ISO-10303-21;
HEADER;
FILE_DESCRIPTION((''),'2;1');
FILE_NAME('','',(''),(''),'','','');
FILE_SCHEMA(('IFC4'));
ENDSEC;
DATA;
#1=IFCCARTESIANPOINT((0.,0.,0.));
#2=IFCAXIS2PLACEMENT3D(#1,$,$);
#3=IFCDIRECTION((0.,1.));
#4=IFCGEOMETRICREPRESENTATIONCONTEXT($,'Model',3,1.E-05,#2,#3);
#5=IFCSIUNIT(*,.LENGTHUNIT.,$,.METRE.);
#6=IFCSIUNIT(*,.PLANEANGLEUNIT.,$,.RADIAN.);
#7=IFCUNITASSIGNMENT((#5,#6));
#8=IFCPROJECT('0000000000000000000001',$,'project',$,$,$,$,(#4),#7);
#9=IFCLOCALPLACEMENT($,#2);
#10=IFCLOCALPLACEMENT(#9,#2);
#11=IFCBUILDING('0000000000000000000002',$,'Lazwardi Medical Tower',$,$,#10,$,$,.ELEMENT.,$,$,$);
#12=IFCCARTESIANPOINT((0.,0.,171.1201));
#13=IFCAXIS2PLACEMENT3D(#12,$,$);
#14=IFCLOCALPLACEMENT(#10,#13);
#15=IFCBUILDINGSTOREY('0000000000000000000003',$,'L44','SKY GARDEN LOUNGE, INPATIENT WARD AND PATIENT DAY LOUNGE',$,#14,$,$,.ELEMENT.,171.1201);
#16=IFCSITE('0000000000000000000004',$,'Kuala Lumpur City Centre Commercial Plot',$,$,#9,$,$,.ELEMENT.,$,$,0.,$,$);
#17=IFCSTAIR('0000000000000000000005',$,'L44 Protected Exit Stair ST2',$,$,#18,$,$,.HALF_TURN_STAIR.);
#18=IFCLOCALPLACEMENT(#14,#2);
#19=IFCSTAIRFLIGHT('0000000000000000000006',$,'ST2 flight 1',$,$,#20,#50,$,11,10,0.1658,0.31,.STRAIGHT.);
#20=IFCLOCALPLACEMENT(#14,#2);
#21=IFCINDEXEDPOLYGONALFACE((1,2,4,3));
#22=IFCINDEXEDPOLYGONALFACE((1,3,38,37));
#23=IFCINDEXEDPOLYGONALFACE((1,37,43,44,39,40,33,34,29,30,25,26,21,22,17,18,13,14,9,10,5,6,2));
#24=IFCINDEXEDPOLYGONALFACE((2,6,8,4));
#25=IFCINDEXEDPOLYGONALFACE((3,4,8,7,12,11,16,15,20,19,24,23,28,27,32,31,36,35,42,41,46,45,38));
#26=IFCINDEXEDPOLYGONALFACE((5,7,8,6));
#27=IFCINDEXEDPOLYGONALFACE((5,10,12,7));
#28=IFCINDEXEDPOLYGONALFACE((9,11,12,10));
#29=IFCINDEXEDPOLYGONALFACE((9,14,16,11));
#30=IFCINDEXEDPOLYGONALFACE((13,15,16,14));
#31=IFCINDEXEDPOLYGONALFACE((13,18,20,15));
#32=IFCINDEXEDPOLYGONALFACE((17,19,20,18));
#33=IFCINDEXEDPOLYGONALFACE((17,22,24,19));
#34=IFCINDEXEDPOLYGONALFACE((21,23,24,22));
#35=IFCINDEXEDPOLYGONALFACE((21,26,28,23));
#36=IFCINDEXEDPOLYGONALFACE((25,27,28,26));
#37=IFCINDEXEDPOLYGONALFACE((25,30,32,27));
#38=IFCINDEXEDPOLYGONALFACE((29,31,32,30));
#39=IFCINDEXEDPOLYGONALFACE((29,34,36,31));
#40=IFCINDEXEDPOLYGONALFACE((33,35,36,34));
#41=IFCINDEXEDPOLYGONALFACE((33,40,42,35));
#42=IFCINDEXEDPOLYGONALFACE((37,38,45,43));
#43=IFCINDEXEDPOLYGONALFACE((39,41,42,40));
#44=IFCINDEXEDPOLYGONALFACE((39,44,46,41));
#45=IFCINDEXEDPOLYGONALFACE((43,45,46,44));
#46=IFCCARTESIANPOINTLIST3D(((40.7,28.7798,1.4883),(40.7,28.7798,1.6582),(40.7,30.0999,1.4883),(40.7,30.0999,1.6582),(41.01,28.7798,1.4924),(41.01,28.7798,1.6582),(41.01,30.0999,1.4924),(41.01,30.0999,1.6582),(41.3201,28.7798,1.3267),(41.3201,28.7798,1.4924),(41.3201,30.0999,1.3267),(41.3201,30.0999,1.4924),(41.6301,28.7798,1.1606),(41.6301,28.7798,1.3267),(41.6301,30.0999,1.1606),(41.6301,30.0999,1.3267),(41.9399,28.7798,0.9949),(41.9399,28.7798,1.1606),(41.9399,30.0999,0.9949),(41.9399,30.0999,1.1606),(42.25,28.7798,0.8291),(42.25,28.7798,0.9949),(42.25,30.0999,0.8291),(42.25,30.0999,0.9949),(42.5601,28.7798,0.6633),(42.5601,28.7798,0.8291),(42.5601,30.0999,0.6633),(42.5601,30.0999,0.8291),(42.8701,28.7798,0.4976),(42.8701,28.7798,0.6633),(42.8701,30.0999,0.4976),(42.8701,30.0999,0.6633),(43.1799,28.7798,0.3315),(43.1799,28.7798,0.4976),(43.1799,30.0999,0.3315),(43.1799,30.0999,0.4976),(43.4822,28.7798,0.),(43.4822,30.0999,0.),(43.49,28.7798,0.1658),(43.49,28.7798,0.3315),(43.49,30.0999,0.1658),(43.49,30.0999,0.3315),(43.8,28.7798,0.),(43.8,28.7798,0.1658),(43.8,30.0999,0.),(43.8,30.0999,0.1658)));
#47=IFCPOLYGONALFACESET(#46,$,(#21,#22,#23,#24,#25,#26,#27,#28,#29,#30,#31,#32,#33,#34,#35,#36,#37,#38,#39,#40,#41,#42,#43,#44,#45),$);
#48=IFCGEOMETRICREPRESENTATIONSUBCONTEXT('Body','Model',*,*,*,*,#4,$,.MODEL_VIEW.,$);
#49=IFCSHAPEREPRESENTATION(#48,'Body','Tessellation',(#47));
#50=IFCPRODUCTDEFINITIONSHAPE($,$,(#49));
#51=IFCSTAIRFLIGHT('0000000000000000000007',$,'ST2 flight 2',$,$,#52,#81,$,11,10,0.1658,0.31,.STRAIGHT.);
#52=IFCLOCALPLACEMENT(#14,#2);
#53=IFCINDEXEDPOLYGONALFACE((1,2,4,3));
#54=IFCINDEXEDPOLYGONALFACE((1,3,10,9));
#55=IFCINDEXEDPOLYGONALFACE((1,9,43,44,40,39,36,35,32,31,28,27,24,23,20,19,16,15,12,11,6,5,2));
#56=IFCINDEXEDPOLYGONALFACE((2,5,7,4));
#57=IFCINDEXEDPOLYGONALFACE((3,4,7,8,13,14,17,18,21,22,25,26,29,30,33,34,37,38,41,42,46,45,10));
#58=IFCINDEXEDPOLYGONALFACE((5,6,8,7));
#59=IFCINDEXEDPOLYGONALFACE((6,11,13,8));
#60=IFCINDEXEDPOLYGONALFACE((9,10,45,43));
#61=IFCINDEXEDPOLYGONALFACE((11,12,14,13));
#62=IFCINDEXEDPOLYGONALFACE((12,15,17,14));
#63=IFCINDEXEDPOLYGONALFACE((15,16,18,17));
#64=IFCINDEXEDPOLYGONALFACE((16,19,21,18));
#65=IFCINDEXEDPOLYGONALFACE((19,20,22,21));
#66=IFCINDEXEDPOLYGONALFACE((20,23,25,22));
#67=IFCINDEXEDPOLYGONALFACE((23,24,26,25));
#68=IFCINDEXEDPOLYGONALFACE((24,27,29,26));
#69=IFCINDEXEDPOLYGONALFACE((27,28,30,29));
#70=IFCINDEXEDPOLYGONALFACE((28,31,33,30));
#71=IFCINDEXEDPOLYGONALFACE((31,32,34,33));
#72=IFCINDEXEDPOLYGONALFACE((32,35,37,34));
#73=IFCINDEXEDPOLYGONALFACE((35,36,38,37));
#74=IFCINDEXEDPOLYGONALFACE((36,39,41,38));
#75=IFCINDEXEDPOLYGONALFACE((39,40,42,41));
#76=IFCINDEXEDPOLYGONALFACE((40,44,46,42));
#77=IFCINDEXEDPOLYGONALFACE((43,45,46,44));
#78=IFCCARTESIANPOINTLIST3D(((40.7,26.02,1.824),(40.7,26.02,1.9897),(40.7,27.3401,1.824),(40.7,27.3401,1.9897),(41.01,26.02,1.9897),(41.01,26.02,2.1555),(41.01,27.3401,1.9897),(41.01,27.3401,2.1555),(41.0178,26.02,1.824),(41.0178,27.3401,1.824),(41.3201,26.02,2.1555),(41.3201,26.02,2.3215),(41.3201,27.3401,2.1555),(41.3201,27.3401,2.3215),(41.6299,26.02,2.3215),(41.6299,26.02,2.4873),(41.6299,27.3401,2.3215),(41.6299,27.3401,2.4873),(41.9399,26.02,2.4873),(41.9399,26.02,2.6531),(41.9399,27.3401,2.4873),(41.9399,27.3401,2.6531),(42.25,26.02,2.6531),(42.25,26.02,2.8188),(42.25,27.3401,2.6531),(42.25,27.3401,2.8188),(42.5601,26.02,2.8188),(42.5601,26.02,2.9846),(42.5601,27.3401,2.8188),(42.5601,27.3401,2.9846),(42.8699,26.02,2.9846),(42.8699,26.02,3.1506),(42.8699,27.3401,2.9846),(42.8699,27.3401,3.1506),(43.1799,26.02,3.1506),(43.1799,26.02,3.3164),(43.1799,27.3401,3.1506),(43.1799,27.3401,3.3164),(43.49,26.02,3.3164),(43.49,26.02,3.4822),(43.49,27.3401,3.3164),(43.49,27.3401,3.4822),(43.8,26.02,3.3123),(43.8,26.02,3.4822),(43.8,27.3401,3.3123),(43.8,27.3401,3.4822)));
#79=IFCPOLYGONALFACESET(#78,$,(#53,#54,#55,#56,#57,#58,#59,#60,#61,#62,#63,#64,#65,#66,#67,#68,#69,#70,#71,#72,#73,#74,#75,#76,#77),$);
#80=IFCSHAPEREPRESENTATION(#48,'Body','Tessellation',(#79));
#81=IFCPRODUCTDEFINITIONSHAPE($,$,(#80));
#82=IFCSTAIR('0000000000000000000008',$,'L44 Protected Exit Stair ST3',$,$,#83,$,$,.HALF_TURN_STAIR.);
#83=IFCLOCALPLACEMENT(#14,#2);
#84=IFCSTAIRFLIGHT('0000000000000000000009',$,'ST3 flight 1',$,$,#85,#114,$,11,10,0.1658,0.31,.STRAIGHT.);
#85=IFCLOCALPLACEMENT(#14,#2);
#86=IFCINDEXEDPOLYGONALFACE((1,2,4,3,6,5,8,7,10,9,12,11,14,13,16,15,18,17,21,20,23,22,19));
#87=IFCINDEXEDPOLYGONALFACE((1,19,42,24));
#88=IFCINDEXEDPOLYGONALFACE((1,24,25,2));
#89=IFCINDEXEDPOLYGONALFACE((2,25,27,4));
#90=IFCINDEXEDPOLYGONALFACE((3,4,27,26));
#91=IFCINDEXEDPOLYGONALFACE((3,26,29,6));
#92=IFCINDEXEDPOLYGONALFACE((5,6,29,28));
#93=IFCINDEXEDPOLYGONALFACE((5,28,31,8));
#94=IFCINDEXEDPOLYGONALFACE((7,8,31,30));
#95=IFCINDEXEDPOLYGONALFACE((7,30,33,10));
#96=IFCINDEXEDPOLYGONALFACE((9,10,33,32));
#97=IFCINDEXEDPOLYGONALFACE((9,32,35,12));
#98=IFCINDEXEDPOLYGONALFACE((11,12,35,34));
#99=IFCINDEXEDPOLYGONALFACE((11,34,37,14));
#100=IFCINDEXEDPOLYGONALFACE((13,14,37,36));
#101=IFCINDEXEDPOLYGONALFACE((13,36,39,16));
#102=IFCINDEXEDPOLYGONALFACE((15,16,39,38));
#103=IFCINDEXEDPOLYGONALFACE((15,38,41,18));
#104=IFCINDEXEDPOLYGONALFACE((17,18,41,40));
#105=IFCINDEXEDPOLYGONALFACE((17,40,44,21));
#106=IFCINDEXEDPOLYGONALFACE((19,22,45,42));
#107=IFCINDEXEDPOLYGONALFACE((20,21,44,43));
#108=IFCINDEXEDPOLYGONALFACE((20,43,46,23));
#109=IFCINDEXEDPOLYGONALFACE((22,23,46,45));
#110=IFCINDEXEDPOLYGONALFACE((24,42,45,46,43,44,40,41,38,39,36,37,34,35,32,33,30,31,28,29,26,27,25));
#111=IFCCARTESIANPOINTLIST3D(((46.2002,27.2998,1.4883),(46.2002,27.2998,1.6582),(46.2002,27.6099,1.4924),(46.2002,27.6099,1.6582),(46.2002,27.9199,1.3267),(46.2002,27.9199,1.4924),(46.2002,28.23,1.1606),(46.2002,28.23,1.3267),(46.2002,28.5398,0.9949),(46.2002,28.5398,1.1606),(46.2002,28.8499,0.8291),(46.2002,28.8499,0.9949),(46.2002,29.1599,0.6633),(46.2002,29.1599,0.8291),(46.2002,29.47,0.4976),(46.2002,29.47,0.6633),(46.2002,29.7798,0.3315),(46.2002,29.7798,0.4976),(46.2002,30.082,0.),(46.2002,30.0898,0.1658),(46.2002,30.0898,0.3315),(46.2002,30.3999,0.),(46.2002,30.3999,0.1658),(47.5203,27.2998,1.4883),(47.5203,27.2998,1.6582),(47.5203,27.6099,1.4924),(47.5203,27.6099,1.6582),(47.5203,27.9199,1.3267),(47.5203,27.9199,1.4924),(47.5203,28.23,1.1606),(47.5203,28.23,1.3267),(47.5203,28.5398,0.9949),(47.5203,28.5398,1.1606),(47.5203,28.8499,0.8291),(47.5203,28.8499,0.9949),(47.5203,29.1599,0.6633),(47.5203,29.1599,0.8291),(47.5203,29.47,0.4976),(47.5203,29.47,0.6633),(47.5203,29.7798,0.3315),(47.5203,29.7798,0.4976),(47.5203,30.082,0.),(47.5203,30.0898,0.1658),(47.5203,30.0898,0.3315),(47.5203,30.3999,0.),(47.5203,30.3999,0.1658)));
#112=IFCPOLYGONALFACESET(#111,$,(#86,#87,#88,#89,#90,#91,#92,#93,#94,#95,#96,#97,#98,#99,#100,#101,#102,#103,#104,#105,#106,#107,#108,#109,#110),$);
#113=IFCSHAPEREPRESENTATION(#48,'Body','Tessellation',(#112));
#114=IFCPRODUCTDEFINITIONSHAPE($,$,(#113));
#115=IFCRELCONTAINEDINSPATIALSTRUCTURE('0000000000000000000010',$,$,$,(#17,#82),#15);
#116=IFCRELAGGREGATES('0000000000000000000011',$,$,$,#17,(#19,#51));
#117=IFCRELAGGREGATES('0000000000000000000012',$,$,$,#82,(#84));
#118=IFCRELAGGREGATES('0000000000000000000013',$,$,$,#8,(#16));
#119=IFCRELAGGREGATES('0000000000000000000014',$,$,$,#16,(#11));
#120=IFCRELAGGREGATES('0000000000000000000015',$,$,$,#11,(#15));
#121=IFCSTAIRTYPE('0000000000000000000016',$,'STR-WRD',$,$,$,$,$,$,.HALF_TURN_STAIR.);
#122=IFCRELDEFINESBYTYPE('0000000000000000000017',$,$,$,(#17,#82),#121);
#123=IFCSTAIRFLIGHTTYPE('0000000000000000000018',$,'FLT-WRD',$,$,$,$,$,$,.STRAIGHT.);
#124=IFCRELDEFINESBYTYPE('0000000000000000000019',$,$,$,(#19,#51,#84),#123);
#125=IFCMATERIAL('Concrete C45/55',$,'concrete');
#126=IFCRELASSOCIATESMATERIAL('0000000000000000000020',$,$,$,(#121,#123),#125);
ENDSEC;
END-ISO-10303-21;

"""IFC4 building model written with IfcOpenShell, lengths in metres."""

from ifc_helpers import new_model, si_unit, direction, frame, origin, place, context, subcontext, project, spatial, polyline, outline, extrude, material, type_object, element, aggregate, save


model = new_model("IFC4")

# Units and contexts
model_context = context("Model", 3, precision=1e-05, world=origin(), true_north=direction((0.0, 1.0)))
body_context = subcontext(model_context, "Body", "Model", "MODEL_VIEW")
ifc_project = project(units=[si_unit("LENGTHUNIT", "METRE"), si_unit("PLANEANGLEUNIT", "RADIAN")], contexts=[model_context])

# Site, building, storey
site_placement = place(None, origin())
site = spatial("IfcSite", under=ifc_project, at=site_placement, Name="Kuala Lumpur City Centre Commercial Plot", CompositionType="ELEMENT", RefElevation=0.0)
building_placement = place(site_placement, origin())
building = spatial("IfcBuilding", under=site, at=building_placement, Name="Lazwardi Medical Tower", CompositionType="ELEMENT")
storey_placement = place(building_placement, frame((0.0, 0.0, 171.1201)))
storey = spatial("IfcBuildingStorey", under=building, at=storey_placement, Name="L44", Description="SKY GARDEN LOUNGE, INPATIENT WARD AND PATIENT DAY LOUNGE", CompositionType="ELEMENT", Elevation=171.1201)

# Stair, stair flights
ifc_material_1 = material(Name="Concrete C45/55", Category="concrete")
stair_type = type_object("IfcStairType", Name="STR-WRD", PredefinedType="HALF_TURN_STAIR", material=ifc_material_1)
stair_1_placement = place(storey_placement, origin())
stair_1 = element("IfcStair", 1, at=stair_1_placement, inside=storey, type_object=stair_type, Name="L44 Protected Exit Stair ST2", PredefinedType="HALF_TURN_STAIR")
stair_flight_type = type_object("IfcStairFlightType", Name="FLT-WRD", PredefinedType="STRAIGHT", material=ifc_material_1)
stair_flight_1_placement = place(storey_placement, frame((43.8, 29.4399, 0.0), z_axis=(0.0, 0.0, 1.0), x_axis=(-1.0, 0.0, 0.0)))
stair_flight_1 = element("IfcStairFlight", 2, at=stair_flight_1_placement, type_object=stair_flight_type, Name="ST2 flight 1", NumberOfRisers=11, NumberOfTreads=10, PredefinedType="STRAIGHT", RiserHeight=0.1658, TreadLength=0.31, context=body_context, shape_type="SweptSolid", body=[
    extrude(outline(polyline([(0.0, 0.0), (0.0, 0.1658), (0.3101, 0.1658), (0.3101, 0.3315), (0.6201, 0.3315), (0.6201, 0.4976), (0.9299, 0.4976), (0.9299, 0.6633), (1.24, 0.6633), (1.24, 0.8291), (1.55, 0.8291), (1.55, 0.9949), (1.8601, 0.9949), (1.8601, 1.1606), (2.1699, 1.1606), (2.1699, 1.3267), (2.48, 1.3267), (2.48, 1.4924), (2.79, 1.4924), (2.79, 1.6582), (3.1001, 1.6582), (3.1001, 1.824), (3.1001, 1.4883), (0.3179, 0.0), (0.0, 0.0)])), frame((0.0, 0.6602, 0.0), z_axis=(0.0, -1.0, 0.0), x_axis=(1.0, 0.0, 0.0)), (0.0, 0.0, 1.0), 1.3201),
])
stair_flight_2_placement = place(storey_placement, frame((40.7, 26.6799, 1.824), z_axis=(0.0, 0.0, 1.0), x_axis=(1.0, 0.0, 0.0)))
stair_flight_2 = element("IfcStairFlight", 3, at=stair_flight_2_placement, type_object=stair_flight_type, Name="ST2 flight 2", NumberOfRisers=11, NumberOfTreads=10, PredefinedType="STRAIGHT", RiserHeight=0.1658, TreadLength=0.31, context=body_context, shape_type="SweptSolid", body=[
    extrude(outline(polyline([(0.0, 0.0), (0.0, 0.1658), (0.3101, 0.1658), (0.3101, 0.3315), (0.6201, 0.3315), (0.6201, 0.4976), (0.9299, 0.4976), (0.9299, 0.6633), (1.24, 0.6633), (1.24, 0.8291), (1.55, 0.8291), (1.55, 0.9949), (1.8601, 0.9949), (1.8601, 1.1606), (2.1699, 1.1606), (2.1699, 1.3267), (2.48, 1.3267), (2.48, 1.4924), (2.79, 1.4924), (2.79, 1.6582), (3.1001, 1.6582), (3.1001, 1.824), (3.1001, 1.4883), (0.3179, 0.0), (0.0, 0.0)])), frame((0.0, 0.6602, 0.0), z_axis=(0.0, -1.0, 0.0), x_axis=(1.0, 0.0, 0.0)), (0.0, 0.0, 1.0), 1.3201),
])
aggregate(stair_1, [stair_flight_1, stair_flight_2])

# Stair, stair flight
stair_2_placement = place(storey_placement, origin())
stair_2 = element("IfcStair", 4, at=stair_2_placement, inside=storey, type_object=stair_type, Name="L44 Protected Exit Stair ST3", PredefinedType="HALF_TURN_STAIR")
stair_flight_3_placement = place(storey_placement, frame((46.8601, 30.3999, 0.0), z_axis=(0.0, 0.0, 1.0), x_axis=(0.0, -1.0, 0.0)))
stair_flight_3 = element("IfcStairFlight", 5, at=stair_flight_3_placement, type_object=stair_flight_type, Name="ST3 flight 1", NumberOfRisers=11, NumberOfTreads=10, PredefinedType="STRAIGHT", RiserHeight=0.1658, TreadLength=0.31, context=body_context, shape_type="SweptSolid", body=[
    extrude(outline(polyline([(0.0, 0.0), (0.0, 0.1658), (0.3101, 0.1658), (0.3101, 0.3315), (0.6201, 0.3315), (0.6201, 0.4976), (0.9299, 0.4976), (0.9299, 0.6633), (1.24, 0.6633), (1.24, 0.8291), (1.55, 0.8291), (1.55, 0.9949), (1.8601, 0.9949), (1.8601, 1.1606), (2.1699, 1.1606), (2.1699, 1.3267), (2.48, 1.3267), (2.48, 1.4924), (2.79, 1.4924), (2.79, 1.6582), (3.1001, 1.6582), (3.1001, 1.824), (3.1001, 1.4883), (0.3179, 0.0), (0.0, 0.0)])), frame((0.0, 0.6602, 0.0), z_axis=(0.0, -1.0, 0.0), x_axis=(1.0, 0.0, 0.0)), (0.0, 0.0, 1.0), 1.3201),
])
aggregate(stair_2, [stair_flight_3])

save(model, "model.ifc")
